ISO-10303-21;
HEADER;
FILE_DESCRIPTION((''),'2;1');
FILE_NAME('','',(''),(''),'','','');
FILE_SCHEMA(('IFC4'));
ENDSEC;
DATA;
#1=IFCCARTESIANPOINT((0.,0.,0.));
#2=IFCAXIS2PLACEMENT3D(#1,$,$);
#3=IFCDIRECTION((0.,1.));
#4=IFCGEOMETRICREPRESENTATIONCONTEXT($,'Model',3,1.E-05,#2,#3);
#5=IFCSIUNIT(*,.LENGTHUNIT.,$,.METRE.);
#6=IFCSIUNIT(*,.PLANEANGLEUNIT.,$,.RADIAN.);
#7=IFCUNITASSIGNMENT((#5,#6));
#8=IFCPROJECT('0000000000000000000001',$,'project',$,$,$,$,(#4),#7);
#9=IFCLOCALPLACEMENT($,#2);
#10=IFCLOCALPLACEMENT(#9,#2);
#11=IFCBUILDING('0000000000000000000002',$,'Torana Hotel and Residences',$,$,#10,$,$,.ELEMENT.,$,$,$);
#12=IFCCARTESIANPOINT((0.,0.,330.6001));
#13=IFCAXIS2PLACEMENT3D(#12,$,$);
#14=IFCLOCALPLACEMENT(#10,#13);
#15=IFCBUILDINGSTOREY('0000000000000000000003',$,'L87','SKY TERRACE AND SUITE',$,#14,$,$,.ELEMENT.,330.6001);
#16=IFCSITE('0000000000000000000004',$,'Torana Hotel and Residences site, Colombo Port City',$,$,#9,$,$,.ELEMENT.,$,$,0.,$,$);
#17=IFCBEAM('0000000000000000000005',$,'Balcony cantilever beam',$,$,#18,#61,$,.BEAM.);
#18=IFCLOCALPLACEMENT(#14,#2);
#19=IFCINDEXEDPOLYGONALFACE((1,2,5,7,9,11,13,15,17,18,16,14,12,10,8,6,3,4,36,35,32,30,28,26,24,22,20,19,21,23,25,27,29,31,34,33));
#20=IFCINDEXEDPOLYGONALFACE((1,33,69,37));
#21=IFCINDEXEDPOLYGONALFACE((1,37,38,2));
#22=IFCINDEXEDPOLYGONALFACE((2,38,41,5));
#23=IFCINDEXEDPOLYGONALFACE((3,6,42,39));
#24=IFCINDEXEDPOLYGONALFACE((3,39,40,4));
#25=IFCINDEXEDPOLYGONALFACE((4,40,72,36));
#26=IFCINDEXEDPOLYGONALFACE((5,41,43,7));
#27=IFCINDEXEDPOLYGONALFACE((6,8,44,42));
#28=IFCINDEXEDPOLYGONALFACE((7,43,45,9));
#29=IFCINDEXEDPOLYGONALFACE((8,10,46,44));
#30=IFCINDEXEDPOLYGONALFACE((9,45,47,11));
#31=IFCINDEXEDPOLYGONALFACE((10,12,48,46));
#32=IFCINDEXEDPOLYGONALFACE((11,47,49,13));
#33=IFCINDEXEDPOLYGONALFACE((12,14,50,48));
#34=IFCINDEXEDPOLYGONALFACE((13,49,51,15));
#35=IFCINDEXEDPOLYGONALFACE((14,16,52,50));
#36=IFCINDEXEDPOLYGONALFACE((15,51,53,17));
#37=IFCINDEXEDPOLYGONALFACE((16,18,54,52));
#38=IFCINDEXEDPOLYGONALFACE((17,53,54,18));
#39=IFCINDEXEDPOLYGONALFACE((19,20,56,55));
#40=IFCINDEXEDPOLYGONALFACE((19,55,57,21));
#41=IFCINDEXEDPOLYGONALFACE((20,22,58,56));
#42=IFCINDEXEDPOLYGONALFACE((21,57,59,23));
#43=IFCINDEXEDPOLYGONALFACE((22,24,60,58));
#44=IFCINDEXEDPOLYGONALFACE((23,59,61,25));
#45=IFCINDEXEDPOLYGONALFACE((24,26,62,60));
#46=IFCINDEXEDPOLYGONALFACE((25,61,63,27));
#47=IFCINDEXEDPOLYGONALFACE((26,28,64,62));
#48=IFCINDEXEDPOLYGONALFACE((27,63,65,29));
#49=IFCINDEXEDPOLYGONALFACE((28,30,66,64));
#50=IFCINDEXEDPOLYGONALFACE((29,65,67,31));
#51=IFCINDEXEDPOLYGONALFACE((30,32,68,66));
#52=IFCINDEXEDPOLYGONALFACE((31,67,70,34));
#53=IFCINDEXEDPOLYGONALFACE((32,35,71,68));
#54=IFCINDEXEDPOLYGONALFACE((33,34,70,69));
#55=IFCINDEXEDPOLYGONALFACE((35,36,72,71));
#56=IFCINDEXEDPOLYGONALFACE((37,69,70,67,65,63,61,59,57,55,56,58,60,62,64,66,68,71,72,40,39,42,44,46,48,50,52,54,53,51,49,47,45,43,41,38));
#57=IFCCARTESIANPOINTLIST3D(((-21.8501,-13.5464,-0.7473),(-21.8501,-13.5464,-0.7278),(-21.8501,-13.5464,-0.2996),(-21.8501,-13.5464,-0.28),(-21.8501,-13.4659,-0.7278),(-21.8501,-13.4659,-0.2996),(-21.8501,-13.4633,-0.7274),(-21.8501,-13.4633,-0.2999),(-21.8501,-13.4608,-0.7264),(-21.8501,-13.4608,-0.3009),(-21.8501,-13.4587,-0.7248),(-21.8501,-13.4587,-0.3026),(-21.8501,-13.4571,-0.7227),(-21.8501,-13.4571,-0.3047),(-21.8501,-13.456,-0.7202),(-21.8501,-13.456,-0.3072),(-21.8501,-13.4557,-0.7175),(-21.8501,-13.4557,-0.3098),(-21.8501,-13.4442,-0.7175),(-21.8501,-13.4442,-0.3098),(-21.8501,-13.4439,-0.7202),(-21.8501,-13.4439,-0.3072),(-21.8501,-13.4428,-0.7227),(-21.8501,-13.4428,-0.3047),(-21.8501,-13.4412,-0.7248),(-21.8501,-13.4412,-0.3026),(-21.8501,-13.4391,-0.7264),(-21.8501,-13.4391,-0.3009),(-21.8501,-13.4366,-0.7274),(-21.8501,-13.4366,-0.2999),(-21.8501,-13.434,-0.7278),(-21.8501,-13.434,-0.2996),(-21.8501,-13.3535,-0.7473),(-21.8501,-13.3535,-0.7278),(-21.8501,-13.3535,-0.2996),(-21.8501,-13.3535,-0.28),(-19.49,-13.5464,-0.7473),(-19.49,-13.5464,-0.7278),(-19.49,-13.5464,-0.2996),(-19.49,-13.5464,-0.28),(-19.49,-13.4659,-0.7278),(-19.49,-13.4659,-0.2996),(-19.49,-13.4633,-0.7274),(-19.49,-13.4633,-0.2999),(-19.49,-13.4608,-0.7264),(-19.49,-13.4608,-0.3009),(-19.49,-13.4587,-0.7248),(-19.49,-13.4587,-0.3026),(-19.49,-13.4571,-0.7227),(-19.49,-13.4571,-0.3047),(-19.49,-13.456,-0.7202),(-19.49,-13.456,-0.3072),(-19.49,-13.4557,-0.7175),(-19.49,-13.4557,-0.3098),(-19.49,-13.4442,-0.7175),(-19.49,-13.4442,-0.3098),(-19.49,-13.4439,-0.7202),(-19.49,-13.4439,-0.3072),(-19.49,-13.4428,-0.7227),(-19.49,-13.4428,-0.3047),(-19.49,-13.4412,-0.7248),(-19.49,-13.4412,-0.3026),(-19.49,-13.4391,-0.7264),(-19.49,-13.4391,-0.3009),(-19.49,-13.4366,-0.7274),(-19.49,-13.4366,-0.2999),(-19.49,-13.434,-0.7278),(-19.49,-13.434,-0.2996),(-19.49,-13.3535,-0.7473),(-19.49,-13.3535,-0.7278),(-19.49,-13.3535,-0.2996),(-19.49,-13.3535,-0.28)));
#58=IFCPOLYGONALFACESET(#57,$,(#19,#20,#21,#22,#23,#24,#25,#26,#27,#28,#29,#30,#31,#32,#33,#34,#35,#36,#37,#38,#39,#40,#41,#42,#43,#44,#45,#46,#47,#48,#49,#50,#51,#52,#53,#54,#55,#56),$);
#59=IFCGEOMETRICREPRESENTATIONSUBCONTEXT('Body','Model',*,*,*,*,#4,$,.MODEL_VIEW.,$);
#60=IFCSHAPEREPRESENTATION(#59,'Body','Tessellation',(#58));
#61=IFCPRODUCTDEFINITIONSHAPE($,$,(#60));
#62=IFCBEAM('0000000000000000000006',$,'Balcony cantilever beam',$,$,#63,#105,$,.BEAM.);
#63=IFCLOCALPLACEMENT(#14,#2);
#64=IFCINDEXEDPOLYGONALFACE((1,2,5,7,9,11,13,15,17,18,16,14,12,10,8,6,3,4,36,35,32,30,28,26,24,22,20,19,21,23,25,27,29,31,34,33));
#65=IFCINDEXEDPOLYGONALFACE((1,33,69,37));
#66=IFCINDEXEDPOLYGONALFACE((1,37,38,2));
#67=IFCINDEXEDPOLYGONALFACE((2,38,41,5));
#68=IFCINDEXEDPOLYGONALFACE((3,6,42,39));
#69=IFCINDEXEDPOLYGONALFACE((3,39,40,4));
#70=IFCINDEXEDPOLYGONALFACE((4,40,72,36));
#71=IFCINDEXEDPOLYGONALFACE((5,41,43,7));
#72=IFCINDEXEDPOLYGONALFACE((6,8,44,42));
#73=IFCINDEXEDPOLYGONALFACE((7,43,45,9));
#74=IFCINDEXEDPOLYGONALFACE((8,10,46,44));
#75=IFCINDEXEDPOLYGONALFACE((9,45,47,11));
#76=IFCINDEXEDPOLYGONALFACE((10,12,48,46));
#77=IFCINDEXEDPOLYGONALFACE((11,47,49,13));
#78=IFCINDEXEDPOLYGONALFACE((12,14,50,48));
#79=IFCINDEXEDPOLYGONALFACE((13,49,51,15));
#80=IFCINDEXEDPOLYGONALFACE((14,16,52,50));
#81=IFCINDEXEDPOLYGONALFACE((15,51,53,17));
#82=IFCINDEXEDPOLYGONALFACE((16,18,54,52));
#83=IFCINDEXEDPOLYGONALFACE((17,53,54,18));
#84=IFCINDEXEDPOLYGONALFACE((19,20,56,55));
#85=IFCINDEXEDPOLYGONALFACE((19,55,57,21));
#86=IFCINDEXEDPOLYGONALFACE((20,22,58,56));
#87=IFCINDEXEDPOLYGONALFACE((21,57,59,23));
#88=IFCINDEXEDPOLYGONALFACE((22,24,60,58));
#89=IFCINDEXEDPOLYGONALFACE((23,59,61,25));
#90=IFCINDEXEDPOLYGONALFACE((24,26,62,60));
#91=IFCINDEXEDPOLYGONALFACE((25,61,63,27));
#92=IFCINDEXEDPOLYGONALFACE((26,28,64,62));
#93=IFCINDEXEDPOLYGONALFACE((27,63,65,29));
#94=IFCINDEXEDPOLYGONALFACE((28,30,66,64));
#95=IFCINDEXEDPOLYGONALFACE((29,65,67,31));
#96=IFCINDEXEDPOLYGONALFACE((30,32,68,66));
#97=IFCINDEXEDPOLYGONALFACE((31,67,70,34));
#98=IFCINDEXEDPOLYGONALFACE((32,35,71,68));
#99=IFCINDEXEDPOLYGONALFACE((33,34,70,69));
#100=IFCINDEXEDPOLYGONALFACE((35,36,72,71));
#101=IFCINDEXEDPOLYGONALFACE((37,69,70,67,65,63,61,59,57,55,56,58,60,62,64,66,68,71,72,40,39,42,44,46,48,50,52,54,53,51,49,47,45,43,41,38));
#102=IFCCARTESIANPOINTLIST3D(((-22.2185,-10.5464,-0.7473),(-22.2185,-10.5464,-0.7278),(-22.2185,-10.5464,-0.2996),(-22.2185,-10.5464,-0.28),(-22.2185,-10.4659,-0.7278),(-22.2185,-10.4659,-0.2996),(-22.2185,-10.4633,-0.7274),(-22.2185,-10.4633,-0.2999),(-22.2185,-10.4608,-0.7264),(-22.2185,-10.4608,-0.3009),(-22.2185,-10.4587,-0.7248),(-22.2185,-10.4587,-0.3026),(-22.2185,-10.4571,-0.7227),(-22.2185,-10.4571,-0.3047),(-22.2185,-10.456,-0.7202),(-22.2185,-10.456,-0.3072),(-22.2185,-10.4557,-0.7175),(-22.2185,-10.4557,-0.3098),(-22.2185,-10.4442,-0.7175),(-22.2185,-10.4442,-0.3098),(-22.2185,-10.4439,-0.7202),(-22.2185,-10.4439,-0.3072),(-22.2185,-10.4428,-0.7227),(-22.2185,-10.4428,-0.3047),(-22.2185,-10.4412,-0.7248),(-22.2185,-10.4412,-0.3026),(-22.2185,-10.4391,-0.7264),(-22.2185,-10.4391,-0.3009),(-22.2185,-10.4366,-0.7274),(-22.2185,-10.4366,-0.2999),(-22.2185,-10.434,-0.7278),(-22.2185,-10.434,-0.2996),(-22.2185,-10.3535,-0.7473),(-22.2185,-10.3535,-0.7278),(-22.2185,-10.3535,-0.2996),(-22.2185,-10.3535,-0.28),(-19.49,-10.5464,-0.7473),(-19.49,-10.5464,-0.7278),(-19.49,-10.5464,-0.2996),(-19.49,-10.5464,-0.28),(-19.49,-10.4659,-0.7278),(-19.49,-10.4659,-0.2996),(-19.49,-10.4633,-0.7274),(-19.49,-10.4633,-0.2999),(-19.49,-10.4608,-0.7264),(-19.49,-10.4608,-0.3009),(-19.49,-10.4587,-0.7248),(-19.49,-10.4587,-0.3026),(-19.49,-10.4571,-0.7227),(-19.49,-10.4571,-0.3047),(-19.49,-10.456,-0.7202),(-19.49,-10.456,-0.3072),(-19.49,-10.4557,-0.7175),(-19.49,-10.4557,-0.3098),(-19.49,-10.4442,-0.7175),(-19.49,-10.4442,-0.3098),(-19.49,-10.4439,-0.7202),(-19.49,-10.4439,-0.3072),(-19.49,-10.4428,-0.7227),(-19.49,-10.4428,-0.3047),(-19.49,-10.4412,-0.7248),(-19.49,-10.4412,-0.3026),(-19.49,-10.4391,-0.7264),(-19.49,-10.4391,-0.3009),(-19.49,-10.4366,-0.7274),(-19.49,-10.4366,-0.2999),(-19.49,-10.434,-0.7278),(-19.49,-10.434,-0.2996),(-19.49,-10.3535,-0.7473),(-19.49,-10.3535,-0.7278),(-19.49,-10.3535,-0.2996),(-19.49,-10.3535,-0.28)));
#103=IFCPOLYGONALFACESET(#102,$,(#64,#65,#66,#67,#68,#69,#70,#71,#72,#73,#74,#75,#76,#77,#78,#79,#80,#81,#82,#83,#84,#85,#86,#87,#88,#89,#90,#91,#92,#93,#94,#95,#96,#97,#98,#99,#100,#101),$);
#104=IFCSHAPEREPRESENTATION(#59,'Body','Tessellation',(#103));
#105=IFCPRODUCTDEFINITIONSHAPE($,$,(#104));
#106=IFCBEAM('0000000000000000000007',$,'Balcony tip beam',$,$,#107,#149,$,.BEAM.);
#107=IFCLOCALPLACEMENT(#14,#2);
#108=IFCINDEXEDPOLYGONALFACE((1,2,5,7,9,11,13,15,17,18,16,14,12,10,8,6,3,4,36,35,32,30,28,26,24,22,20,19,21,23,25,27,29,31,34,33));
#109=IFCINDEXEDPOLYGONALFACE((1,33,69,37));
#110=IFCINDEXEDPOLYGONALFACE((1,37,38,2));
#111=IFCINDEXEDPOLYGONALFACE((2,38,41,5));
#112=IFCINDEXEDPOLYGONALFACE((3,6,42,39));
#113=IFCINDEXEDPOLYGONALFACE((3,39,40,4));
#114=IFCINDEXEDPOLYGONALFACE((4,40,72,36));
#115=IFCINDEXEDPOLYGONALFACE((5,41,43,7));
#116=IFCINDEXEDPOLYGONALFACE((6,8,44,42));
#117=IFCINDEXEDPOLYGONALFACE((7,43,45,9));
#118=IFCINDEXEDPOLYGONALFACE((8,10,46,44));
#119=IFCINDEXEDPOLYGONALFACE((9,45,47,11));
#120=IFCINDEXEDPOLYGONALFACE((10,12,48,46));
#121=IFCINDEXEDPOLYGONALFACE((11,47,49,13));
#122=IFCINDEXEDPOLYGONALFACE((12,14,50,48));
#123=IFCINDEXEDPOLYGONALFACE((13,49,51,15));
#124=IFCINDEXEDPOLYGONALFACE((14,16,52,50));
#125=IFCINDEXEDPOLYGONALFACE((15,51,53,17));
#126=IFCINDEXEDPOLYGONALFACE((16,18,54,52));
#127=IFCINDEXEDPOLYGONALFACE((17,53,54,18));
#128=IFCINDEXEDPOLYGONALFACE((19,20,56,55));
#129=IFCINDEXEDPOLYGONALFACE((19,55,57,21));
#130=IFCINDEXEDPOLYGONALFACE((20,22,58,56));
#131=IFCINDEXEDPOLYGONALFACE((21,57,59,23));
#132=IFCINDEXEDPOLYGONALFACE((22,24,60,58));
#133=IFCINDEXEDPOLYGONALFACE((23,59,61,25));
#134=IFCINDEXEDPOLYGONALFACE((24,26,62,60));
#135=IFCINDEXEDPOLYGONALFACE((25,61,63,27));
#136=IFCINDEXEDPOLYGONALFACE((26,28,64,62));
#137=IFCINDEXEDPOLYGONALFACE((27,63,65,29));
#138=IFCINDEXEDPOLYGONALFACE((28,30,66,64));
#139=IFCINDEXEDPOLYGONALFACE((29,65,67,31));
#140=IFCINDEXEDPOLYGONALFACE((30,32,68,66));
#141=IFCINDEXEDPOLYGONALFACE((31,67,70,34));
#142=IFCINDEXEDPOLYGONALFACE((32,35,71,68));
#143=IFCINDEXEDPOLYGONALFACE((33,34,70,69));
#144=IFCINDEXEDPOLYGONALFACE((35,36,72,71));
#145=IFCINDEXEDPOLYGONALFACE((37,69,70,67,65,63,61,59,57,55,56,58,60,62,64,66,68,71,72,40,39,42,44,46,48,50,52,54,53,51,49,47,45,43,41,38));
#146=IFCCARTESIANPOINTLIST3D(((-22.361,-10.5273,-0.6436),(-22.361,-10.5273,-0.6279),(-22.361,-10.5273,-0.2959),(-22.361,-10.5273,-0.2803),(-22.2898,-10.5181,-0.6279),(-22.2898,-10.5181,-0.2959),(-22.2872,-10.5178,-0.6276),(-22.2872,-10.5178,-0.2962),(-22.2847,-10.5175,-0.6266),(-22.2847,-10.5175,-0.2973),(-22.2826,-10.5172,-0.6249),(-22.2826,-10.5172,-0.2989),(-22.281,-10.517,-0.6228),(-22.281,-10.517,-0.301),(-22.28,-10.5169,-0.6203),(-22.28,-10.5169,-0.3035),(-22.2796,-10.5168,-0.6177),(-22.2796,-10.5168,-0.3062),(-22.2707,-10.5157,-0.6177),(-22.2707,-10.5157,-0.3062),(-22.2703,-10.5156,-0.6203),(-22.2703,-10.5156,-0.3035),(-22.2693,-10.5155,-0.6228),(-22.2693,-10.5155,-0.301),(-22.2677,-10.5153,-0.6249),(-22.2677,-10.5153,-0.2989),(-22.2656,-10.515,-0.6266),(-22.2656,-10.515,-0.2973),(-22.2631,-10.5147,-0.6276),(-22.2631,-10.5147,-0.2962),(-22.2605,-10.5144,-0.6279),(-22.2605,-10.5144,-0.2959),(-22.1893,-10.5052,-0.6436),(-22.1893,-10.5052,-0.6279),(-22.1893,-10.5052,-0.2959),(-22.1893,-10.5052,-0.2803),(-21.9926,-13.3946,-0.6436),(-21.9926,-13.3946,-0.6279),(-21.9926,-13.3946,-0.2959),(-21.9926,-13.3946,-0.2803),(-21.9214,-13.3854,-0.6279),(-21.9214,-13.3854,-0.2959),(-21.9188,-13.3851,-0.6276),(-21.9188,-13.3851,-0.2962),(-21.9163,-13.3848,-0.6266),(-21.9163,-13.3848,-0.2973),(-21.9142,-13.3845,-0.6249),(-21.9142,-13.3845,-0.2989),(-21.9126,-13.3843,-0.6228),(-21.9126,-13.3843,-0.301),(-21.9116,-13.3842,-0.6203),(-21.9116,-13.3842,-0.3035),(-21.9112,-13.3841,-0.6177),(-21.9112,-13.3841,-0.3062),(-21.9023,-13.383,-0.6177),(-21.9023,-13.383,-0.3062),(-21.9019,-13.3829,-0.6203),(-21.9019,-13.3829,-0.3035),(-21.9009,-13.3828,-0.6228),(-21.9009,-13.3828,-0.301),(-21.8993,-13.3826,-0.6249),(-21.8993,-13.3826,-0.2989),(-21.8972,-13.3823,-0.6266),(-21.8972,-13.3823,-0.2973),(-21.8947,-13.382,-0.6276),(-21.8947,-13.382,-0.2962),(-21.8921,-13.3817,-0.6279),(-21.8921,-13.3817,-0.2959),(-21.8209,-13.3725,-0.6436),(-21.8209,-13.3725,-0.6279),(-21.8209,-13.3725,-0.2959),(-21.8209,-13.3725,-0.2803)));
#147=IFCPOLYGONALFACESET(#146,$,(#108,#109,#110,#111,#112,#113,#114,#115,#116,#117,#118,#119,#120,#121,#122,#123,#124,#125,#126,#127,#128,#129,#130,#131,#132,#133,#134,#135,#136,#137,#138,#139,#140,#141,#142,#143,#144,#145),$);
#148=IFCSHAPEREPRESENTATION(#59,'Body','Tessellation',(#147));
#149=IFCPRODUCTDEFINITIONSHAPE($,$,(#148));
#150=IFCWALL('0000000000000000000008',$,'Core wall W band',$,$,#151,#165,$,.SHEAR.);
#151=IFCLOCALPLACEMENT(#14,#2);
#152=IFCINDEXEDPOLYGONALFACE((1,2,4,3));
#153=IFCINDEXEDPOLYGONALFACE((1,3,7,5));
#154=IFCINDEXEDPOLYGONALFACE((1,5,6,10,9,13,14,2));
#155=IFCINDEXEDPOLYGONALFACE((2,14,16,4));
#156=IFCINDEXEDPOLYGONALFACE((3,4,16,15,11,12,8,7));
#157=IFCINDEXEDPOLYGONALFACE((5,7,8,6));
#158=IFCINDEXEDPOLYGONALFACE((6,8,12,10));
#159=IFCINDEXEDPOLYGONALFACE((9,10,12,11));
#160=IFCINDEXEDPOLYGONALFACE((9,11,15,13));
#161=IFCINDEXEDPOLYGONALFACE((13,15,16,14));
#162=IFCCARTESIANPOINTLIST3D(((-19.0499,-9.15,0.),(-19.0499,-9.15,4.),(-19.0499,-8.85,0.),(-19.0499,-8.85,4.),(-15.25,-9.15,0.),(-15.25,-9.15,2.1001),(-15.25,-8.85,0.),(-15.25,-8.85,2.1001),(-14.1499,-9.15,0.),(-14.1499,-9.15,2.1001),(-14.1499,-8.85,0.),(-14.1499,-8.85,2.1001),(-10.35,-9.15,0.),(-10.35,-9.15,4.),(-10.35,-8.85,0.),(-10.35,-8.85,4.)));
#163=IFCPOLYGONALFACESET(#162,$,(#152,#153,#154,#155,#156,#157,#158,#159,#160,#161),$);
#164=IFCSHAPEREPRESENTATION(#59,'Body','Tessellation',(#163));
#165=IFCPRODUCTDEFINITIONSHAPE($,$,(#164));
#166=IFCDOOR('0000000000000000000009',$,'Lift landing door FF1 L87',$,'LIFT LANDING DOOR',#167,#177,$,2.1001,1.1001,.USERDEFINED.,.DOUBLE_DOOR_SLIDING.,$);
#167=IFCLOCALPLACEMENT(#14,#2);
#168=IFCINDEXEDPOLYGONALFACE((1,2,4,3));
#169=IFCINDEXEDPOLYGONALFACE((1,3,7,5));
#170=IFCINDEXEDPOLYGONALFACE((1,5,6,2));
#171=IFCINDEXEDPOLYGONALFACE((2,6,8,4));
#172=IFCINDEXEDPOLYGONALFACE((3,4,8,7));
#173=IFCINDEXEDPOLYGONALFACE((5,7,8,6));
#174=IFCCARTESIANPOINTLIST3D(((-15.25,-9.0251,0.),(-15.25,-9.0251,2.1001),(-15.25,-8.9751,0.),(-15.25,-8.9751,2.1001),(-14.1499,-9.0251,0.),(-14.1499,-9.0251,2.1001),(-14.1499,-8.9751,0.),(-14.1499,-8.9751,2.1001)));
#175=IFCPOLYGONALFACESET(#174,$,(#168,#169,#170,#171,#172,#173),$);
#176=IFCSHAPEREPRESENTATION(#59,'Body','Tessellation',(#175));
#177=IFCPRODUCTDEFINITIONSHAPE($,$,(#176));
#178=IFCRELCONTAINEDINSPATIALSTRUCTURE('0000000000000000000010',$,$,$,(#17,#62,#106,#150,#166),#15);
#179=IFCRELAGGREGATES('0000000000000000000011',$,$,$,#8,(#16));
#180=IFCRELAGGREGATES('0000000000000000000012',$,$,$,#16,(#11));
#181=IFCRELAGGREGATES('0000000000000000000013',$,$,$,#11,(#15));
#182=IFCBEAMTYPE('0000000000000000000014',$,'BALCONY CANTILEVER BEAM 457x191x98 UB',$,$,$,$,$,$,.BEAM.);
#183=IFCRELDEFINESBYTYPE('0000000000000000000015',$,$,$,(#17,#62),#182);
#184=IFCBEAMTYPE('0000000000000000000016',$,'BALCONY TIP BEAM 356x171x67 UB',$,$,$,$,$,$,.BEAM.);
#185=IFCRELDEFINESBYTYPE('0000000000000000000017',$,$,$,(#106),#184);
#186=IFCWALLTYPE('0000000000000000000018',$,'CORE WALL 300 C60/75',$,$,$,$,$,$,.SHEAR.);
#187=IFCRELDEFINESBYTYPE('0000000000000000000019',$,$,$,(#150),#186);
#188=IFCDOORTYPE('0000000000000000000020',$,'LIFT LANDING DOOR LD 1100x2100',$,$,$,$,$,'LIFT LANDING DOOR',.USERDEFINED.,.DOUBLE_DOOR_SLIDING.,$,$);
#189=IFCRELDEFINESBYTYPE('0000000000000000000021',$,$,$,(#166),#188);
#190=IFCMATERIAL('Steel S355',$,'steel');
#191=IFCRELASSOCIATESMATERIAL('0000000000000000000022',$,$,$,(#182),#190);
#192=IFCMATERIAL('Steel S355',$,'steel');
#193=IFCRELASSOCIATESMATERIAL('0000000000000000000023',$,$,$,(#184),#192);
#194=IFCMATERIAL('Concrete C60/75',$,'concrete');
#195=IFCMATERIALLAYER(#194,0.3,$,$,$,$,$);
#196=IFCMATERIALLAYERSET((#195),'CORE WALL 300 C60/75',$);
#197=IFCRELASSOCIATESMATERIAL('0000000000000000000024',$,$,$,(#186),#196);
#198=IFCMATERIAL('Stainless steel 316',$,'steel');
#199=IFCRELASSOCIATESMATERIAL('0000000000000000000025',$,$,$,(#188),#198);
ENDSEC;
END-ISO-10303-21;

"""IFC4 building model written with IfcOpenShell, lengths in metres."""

from ifc_helpers import new_model, si_unit, direction, frame, frame_2d, origin, origin_2d, place, context, subcontext, project, spatial, rectangle, i_section, extrude, material, layer, layer_set, material_profile, profile_set, type_object, element, fill, save


model = new_model("IFC4")

# Units and contexts
model_context = context("Model", 3, precision=1e-05, world=origin(), true_north=direction((0.0, 1.0)))
body_context = subcontext(model_context, "Body", "Model", "MODEL_VIEW")
ifc_project = project(units=[si_unit("LENGTHUNIT", "METRE"), si_unit("PLANEANGLEUNIT", "RADIAN")], contexts=[model_context])

# Site, building, storey
site_placement = place(None, origin())
site = spatial("IfcSite", under=ifc_project, at=site_placement, Name="Torana Hotel and Residences site, Colombo Port City", CompositionType="ELEMENT", RefElevation=0.0)
building_placement = place(site_placement, origin())
building = spatial("IfcBuilding", under=site, at=building_placement, Name="Torana Hotel and Residences", CompositionType="ELEMENT")
storey_placement = place(building_placement, frame((0.0, 0.0, 330.6001)))
storey = spatial("IfcBuildingStorey", under=building, at=storey_placement, Name="L87", Description="SKY TERRACE AND SUITE", CompositionType="ELEMENT", Elevation=330.6001)

# Beams
ifc_material_1 = material(Name="Steel S355", Category="steel")
ifc_material_profile_1 = material_profile(ifc_material_1, i_section(OverallWidth=0.1929, OverallDepth=0.4673, WebThickness=0.0115, FlangeThickness=0.0195, FilletRadius=0.0103, at=origin_2d()), Name="457x191x98 UB")
ifc_profile_set_1 = profile_set([ifc_material_profile_1], Name="Steel S355")
beam_type_1 = type_object("IfcBeamType", Name="BALCONY CANTILEVER BEAM 457x191x98 UB", PredefinedType="BEAM", material=ifc_profile_set_1)
beam_1_placement = place(storey_placement, frame((-19.49, -13.45, -0.5137), z_axis=(-1.0, 0.0, 0.0), x_axis=(0.0, -1.0, 0.0)))
element("IfcBeam", 1, at=beam_1_placement, inside=storey, type_object=beam_type_1, Name="Balcony cantilever beam", PredefinedType="BEAM", context=body_context, shape_type="SweptSolid", body=[
    extrude(i_section(OverallWidth=0.1929, OverallDepth=0.4673, WebThickness=0.0115, FlangeThickness=0.0195, FilletRadius=0.0103, at=origin_2d()), origin(), (0.0, 0.0, 1.0), 2.3601),
])
beam_2_placement = place(storey_placement, frame((-19.49, -10.45, -0.5137), z_axis=(-1.0, 0.0, 0.0), x_axis=(0.0, -1.0, 0.0)))
element("IfcBeam", 2, at=beam_2_placement, inside=storey, type_object=beam_type_1, Name="Balcony cantilever beam", PredefinedType="BEAM", context=body_context, shape_type="SweptSolid", body=[
    extrude(i_section(OverallWidth=0.1929, OverallDepth=0.4673, WebThickness=0.0115, FlangeThickness=0.0195, FilletRadius=0.0103, at=origin_2d()), origin(), (0.0, 0.0, 1.0), 2.7285),
])
ifc_material_2 = material(Name="Steel S355", Category="steel")
ifc_material_profile_2 = material_profile(ifc_material_2, i_section(OverallWidth=0.1731, OverallDepth=0.3633, WebThickness=0.009, FlangeThickness=0.0156, FilletRadius=0.0103, at=origin_2d()), Name="356x171x67 UB")
ifc_profile_set_2 = profile_set([ifc_material_profile_2], Name="Steel S355")
beam_type_2 = type_object("IfcBeamType", Name="BALCONY TIP BEAM 356x171x67 UB", PredefinedType="BEAM", material=ifc_profile_set_2)
beam_3_placement = place(storey_placement, frame((-21.9067, -13.3835, -0.4619), z_axis=(-0.127443, 0.991846, 0.0), x_axis=(-0.991846, -0.127443, 0.0)))
element("IfcBeam", 3, at=beam_3_placement, inside=storey, type_object=beam_type_2, Name="Balcony tip beam", PredefinedType="BEAM", context=body_context, shape_type="SweptSolid", body=[
    extrude(i_section(OverallWidth=0.1731, OverallDepth=0.3633, WebThickness=0.009, FlangeThickness=0.0156, FilletRadius=0.0103, at=origin_2d()), origin(), (0.0, 0.0, 1.0), 2.8909),
])

# Wall, opening, door
ifc_material_3 = material(Name="Concrete C60/75", Category="concrete")
ifc_layer_1 = layer(ifc_material_3, 0.3)
ifc_layer_set_1 = layer_set([ifc_layer_1], Name="CORE WALL 300 C60/75")
wall_type_1 = type_object("IfcWallType", Name="CORE WALL 300 C60/75", PredefinedType="SHEAR", material=ifc_layer_set_1)
wall_1_placement = place(storey_placement, frame((-19.05, -9.0, 0.0), z_axis=(0.0, 0.0, 1.0), x_axis=(1.0, 0.0, 0.0)))
wall_1 = element("IfcWall", 4, at=wall_1_placement, inside=storey, type_object=wall_type_1, Name="Core wall W band", PredefinedType="SHEAR", context=body_context, shape_type="SweptSolid", body=[
    extrude(rectangle(XDim=8.7, YDim=0.3, at=frame_2d((4.3501, 0.0))), origin(), (0.0, 0.0, 1.0), 4.0),
])
opening_1_placement = place(wall_1_placement, frame((3.8, 0.0, 0.0)))
opening_1 = element("IfcOpeningElement", 5, at=opening_1_placement, cuts=wall_1, PredefinedType="OPENING", context=body_context, shape_type="SweptSolid", body=[
    extrude(rectangle(XDim=1.1001, YDim=2.1001, at=frame_2d((0.55, 1.05))), frame((0.0, 0.1599, 0.0), z_axis=(0.0, -1.0, 0.0), x_axis=(1.0, 0.0, 0.0)), (0.0, 0.0, 1.0), 0.3201),
])
ifc_material_4 = material(Name="Stainless steel 316", Category="steel")
door_type_1 = type_object("IfcDoorType", Name="LIFT LANDING DOOR LD 1100x2100", ElementType="LIFT LANDING DOOR", OperationType="DOUBLE_DOOR_SLIDING", PredefinedType="USERDEFINED", material=ifc_material_4)
door_1_placement = place(opening_1_placement, origin())
door_1 = element("IfcDoor", 6, at=door_1_placement, inside=storey, type_object=door_type_1, Name="Lift landing door FF1 L87", ObjectType="LIFT LANDING DOOR", OperationType="DOUBLE_DOOR_SLIDING", OverallHeight=2.1001, OverallWidth=1.1001, PredefinedType="USERDEFINED", context=body_context, shape_type="SweptSolid", body=[
    extrude(rectangle(XDim=1.1001, YDim=2.1001, at=frame_2d((0.55, 1.05))), frame((0.0, 0.0249, 0.0), z_axis=(0.0, -1.0, 0.0), x_axis=(1.0, 0.0, 0.0)), (0.0, 0.0, 1.0), 0.05),
])
fill(opening_1, door_1)

save(model, "model.ifc")
